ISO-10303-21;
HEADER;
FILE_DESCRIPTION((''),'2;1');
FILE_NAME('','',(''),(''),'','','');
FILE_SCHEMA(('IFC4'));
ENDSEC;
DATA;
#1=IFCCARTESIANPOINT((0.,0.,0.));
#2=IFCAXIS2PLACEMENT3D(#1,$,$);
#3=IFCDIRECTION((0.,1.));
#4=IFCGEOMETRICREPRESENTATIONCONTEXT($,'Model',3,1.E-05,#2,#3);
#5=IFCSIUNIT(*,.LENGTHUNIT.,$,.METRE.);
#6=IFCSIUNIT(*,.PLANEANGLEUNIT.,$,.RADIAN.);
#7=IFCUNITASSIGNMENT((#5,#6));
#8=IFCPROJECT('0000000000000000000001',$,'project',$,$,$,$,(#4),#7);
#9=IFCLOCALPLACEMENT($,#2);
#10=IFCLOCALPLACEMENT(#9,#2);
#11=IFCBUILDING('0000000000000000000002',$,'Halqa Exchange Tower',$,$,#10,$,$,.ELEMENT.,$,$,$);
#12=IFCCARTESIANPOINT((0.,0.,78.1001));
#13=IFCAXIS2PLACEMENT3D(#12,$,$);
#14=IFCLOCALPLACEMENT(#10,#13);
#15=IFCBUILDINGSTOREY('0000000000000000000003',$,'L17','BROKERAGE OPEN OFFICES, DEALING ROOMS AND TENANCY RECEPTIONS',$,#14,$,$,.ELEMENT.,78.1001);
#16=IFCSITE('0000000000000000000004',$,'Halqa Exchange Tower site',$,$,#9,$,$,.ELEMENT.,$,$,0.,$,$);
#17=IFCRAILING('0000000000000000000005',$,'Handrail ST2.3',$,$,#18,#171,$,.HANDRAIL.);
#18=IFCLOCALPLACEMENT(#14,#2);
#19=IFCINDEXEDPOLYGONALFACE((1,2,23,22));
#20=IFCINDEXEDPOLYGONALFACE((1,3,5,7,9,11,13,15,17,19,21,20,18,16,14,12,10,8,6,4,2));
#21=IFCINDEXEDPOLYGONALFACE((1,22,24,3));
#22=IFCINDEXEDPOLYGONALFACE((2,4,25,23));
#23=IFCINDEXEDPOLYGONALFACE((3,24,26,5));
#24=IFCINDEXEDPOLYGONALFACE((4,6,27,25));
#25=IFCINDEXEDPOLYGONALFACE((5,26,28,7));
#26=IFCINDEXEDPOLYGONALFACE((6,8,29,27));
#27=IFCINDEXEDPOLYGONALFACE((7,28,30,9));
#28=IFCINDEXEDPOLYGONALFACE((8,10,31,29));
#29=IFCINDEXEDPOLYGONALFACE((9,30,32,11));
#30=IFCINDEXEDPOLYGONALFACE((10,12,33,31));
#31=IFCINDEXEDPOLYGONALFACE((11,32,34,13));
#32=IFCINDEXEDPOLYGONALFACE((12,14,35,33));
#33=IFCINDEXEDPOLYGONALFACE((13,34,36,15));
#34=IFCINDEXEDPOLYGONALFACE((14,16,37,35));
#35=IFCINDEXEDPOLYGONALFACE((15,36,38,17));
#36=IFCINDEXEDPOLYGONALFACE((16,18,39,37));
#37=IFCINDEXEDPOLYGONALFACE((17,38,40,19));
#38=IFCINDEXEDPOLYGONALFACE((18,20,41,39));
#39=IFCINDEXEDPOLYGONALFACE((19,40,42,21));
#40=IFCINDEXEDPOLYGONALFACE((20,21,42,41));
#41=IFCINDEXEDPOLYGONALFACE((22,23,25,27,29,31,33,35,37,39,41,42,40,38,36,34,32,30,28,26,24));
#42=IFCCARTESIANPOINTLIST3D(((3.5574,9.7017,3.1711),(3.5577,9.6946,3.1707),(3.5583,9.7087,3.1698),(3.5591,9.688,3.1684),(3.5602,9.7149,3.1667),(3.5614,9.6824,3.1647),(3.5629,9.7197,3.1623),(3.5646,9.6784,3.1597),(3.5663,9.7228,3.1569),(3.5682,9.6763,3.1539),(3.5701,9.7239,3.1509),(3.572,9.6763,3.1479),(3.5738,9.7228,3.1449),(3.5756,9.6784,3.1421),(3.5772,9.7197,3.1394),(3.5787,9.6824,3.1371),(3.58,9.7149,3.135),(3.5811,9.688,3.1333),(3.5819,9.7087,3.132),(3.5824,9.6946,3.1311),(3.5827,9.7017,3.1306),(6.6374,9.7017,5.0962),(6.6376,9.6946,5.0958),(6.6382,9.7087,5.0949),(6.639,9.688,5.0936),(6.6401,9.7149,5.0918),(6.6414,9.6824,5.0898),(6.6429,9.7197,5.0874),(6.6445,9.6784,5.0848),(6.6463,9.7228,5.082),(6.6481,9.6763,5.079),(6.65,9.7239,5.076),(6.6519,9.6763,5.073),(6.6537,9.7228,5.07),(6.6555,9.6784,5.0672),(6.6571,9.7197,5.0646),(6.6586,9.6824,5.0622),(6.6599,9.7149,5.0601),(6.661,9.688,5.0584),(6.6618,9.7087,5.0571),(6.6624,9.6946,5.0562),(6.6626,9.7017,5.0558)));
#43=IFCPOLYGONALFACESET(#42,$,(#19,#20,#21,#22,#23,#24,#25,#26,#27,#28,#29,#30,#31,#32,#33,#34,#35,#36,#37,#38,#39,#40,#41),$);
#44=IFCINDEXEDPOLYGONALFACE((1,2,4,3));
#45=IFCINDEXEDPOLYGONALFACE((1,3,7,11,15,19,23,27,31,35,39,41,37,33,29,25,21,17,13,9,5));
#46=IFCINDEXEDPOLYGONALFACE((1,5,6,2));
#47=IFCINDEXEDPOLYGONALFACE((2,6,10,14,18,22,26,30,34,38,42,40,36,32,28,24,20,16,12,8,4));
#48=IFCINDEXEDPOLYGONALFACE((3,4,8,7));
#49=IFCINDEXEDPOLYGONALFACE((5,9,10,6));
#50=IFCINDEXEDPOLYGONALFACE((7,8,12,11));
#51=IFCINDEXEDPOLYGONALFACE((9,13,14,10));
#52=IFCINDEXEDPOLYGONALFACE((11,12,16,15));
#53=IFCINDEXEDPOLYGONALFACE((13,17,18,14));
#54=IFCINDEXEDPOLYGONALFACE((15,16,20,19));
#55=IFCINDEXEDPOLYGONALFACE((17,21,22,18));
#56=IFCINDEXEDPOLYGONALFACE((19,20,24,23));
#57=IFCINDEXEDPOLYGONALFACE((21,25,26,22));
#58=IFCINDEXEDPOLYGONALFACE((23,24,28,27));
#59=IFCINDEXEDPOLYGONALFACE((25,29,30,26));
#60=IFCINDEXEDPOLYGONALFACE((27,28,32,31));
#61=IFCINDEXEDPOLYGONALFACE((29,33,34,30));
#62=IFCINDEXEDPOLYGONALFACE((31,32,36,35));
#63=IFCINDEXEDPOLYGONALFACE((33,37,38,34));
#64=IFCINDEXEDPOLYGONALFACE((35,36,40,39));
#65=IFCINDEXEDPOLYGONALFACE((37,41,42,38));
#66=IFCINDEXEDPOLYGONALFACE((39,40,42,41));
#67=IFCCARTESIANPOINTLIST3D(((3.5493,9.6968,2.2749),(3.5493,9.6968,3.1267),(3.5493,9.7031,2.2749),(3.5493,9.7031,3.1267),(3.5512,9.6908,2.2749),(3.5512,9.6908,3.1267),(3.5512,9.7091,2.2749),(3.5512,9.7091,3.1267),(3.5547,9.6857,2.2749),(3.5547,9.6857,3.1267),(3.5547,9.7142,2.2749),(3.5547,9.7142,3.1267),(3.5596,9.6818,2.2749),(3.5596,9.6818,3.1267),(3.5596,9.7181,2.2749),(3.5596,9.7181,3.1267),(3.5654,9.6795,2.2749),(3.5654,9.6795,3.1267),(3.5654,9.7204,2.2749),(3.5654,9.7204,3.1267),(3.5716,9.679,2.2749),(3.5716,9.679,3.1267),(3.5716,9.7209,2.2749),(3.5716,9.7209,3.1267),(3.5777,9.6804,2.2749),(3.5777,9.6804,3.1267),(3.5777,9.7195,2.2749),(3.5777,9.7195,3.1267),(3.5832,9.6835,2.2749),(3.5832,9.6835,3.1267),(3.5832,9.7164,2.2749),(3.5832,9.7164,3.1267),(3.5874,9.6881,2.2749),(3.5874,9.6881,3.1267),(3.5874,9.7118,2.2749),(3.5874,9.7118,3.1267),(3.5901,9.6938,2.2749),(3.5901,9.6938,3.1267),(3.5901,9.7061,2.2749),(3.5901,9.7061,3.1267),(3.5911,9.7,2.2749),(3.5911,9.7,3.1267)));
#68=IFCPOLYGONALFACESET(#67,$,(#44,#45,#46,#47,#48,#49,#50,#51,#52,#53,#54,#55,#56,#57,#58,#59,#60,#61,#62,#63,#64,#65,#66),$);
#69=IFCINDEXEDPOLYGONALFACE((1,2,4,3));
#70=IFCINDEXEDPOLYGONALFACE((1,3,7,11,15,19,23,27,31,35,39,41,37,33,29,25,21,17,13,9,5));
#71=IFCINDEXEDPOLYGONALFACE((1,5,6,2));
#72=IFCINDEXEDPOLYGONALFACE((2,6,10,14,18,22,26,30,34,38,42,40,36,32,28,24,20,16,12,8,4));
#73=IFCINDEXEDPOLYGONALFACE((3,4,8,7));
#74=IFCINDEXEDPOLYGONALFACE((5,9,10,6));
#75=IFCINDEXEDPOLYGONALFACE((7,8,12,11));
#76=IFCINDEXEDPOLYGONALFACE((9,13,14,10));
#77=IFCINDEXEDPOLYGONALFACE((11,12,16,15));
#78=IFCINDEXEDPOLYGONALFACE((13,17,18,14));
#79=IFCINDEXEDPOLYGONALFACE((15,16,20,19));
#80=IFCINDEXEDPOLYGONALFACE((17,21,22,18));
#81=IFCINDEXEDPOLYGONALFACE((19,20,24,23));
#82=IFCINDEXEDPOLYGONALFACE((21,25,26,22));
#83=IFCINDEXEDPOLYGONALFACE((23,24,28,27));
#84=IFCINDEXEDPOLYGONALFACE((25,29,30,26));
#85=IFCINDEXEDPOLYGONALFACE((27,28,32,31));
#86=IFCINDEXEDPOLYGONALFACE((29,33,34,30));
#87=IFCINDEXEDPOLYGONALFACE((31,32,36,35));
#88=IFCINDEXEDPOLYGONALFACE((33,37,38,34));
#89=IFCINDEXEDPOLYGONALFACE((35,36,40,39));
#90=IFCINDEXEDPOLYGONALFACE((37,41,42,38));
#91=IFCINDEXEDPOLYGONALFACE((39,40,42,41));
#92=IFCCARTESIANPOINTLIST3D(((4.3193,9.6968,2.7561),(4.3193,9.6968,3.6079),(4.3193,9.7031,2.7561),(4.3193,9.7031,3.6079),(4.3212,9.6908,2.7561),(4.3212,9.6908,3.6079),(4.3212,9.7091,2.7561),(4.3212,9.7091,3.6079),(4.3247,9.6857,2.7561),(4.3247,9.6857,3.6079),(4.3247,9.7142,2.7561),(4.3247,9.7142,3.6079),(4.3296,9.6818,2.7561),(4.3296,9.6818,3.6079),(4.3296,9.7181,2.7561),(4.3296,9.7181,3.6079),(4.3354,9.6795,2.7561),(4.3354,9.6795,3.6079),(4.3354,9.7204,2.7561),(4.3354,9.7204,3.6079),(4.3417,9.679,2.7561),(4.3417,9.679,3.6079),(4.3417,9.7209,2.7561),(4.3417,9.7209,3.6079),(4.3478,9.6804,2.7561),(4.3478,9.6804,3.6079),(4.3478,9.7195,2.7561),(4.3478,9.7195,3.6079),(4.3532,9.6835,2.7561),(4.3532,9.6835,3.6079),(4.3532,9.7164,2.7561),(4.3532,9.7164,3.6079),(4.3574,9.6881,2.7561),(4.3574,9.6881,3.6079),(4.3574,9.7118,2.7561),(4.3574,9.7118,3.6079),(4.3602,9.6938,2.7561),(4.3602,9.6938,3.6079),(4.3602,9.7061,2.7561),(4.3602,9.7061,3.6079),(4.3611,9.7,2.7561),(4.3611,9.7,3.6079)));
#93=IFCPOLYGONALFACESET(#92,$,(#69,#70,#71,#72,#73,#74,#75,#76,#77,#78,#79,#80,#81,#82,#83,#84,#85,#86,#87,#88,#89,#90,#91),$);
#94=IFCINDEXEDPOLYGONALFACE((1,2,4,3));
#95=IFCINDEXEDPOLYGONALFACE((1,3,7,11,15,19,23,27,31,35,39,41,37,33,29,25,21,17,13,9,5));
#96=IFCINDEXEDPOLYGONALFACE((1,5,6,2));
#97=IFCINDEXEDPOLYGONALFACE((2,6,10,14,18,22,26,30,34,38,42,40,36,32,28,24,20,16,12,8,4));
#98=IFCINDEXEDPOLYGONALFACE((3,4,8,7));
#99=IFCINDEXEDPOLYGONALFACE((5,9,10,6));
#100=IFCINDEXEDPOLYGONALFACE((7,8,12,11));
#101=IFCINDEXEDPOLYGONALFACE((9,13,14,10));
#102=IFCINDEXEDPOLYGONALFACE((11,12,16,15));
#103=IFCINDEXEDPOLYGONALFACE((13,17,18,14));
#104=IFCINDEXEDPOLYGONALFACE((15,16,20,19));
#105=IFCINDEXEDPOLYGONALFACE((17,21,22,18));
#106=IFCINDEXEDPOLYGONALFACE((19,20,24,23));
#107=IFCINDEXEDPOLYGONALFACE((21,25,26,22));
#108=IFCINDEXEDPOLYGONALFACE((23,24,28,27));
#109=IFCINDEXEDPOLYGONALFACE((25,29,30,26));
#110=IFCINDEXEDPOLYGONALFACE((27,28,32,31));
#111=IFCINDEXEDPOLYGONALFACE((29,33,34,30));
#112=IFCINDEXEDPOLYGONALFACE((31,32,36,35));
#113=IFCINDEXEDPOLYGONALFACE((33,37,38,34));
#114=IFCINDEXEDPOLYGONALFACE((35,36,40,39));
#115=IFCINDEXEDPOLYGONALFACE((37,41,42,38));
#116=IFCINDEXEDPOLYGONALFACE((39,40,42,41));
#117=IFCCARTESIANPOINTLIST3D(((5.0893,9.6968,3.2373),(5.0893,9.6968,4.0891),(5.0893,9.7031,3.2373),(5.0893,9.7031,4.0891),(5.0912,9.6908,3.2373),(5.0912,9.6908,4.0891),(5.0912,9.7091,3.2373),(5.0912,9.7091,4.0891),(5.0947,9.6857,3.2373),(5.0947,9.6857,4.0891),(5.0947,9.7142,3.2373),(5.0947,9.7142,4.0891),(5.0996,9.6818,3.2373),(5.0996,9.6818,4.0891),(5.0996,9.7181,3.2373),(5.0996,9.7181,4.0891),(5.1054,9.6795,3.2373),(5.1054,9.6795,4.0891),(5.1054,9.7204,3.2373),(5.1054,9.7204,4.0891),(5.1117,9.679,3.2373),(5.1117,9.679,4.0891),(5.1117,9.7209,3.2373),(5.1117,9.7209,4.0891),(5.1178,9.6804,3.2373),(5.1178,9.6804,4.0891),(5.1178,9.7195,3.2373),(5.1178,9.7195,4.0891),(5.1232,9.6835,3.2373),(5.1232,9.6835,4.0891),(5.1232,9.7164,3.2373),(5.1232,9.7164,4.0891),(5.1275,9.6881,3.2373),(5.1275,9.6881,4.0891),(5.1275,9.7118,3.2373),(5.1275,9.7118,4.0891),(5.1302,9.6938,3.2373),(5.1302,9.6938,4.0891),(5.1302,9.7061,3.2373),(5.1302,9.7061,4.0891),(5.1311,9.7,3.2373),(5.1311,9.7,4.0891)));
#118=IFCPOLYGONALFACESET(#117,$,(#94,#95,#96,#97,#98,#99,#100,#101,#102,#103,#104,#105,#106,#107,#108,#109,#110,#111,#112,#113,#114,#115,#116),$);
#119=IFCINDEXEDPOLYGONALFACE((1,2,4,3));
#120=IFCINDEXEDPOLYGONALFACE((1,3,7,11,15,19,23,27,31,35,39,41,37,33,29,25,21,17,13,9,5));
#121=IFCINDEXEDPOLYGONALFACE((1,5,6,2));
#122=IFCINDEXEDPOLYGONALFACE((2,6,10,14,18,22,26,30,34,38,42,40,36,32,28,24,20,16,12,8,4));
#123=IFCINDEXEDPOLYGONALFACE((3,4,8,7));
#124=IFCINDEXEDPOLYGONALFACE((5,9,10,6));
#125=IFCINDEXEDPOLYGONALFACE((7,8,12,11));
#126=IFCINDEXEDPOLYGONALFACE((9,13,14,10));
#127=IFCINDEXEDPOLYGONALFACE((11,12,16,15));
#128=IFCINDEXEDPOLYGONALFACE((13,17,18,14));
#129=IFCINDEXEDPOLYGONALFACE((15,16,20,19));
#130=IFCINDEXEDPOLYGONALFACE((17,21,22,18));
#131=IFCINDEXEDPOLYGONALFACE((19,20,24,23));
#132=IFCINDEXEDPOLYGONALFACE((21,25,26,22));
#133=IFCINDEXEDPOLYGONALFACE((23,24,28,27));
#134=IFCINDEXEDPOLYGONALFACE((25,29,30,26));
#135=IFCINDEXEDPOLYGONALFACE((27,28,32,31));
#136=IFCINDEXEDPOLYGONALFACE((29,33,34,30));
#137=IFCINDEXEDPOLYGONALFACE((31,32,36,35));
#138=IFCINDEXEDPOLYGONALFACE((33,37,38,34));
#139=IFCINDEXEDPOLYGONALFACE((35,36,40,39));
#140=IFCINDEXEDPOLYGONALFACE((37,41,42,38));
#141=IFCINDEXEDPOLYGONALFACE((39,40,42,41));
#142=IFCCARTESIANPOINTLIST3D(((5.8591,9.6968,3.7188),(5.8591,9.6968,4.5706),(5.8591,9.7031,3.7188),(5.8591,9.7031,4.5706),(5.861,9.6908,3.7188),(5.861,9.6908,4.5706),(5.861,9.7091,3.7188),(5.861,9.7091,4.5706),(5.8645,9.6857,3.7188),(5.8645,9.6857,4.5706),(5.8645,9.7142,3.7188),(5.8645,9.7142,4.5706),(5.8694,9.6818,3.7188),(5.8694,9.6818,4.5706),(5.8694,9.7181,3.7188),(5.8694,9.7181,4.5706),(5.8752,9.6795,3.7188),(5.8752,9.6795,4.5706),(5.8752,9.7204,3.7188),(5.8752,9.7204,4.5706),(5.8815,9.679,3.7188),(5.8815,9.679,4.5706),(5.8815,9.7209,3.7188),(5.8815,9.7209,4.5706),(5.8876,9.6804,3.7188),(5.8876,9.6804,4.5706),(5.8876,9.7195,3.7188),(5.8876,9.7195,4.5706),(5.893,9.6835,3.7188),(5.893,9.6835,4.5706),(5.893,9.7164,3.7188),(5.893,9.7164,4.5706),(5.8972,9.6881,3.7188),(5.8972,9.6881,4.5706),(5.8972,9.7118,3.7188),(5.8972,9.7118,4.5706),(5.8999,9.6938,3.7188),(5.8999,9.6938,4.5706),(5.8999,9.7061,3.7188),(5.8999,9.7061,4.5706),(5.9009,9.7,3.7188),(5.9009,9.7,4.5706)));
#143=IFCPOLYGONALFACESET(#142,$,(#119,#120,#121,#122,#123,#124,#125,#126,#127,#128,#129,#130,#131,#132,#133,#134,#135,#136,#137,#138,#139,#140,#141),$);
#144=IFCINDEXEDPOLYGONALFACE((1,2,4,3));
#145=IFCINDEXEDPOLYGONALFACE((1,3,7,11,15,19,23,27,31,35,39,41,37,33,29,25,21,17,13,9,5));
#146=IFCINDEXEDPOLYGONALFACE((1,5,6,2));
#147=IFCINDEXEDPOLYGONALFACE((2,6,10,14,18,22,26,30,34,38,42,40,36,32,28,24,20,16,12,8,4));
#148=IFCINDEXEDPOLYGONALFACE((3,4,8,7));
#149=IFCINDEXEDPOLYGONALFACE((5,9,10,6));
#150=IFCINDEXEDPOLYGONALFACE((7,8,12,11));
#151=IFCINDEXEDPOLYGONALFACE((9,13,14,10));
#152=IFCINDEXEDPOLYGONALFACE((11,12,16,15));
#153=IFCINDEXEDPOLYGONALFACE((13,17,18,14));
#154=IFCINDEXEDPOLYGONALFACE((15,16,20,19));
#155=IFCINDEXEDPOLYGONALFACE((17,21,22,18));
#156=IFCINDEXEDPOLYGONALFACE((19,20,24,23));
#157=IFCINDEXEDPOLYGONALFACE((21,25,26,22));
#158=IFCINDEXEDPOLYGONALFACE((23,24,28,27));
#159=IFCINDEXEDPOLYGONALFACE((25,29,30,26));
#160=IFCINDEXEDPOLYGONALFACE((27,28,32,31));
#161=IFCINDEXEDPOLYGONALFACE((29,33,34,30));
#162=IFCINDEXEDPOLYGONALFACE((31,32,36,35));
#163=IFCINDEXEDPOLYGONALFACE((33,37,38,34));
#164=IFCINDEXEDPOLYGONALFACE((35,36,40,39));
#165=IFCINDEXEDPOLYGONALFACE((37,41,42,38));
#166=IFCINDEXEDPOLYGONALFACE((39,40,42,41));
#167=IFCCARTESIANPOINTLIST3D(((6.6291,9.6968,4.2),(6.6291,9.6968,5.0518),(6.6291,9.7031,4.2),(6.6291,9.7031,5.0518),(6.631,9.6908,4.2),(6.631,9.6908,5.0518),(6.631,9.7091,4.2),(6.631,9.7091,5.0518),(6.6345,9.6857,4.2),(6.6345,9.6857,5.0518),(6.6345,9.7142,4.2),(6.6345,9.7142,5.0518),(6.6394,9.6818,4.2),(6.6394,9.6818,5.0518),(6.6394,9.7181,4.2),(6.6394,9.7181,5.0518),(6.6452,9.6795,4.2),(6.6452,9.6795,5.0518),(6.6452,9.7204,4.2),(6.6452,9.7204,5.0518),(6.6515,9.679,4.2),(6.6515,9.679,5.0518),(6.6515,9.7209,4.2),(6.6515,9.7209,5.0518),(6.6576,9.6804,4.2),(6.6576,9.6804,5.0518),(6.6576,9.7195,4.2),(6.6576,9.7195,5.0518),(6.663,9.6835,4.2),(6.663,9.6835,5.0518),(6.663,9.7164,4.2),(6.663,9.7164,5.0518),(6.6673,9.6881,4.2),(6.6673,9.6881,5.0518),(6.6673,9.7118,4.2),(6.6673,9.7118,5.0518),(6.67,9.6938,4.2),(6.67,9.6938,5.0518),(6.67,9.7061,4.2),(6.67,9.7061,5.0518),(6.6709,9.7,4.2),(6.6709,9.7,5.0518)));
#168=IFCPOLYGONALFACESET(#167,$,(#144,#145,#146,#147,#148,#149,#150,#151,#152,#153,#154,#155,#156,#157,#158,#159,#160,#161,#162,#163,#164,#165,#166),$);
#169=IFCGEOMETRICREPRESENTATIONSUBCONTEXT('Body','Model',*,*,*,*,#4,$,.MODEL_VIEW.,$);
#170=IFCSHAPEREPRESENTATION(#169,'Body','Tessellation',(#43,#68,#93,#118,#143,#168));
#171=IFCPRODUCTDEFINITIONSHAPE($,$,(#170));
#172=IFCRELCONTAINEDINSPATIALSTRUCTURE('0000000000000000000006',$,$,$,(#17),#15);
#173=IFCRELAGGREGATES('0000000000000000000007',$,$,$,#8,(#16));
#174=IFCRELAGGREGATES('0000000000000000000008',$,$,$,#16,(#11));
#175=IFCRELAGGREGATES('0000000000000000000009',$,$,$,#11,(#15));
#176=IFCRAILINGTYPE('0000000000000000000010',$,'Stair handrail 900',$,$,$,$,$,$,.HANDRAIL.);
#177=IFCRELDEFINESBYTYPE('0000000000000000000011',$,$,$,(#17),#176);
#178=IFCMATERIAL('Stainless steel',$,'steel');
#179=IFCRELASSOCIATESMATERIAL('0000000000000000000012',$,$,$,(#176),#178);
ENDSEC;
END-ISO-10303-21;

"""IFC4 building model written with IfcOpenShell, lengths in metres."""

from ifc_helpers import new_model, si_unit, direction, frame, origin, origin_2d, place, context, subcontext, project, spatial, circle, extrude, material, type_object, element, save


model = new_model("IFC4")

# Units and contexts
model_context = context("Model", 3, precision=1e-05, world=origin(), true_north=direction((0.0, 1.0)))
body_context = subcontext(model_context, "Body", "Model", "MODEL_VIEW")
ifc_project = project(units=[si_unit("LENGTHUNIT", "METRE"), si_unit("PLANEANGLEUNIT", "RADIAN")], contexts=[model_context])

# Site, building, storey
site_placement = place(None, origin())
site = spatial("IfcSite", under=ifc_project, at=site_placement, Name="Halqa Exchange Tower site", CompositionType="ELEMENT", RefElevation=0.0)
building_placement = place(site_placement, origin())
building = spatial("IfcBuilding", under=site, at=building_placement, Name="Halqa Exchange Tower", CompositionType="ELEMENT")
storey_placement = place(building_placement, frame((0.0, 0.0, 78.1001)))
storey = spatial("IfcBuildingStorey", under=building, at=storey_placement, Name="L17", Description="BROKERAGE OPEN OFFICES, DEALING ROOMS AND TENANCY RECEPTIONS", CompositionType="ELEMENT", Elevation=78.1001)

# Railing
ifc_material_1 = material(Name="Stainless steel", Category="steel")
railing_type_1 = type_object("IfcRailingType", Name="Stair handrail 900", PredefinedType="HANDRAIL", material=ifc_material_1)
railing_1_placement = place(storey_placement, frame((3.5701, 9.7, 2.2749)))
element("IfcRailing", 1, at=railing_1_placement, inside=storey, type_object=railing_type_1, Name="Handrail ST2.3", PredefinedType="HANDRAIL", context=body_context, shape_type="SweptSolid", body=[
    extrude(circle(Radius=0.0239, at=origin_2d()), frame((0.0, 0.0, 0.876), z_axis=(0.847979, 0.0, 0.530029), x_axis=(0.0, 1.0, 0.0)), (0.0, 0.0, 1.0), 3.6321),
    extrude(circle(Radius=0.021, at=origin_2d()), origin(), (0.0, 0.0, 1.0), 0.8518),
    extrude(circle(Radius=0.021, at=origin_2d()), frame((0.77, 0.0, 0.4812)), (0.0, 0.0, 1.0), 0.8518),
    extrude(circle(Radius=0.021, at=origin_2d()), frame((1.54, 0.0, 0.9624)), (0.0, 0.0, 1.0), 0.8518),
    extrude(circle(Radius=0.021, at=origin_2d()), frame((2.3098, 0.0, 1.4438)), (0.0, 0.0, 1.0), 0.8518),
    extrude(circle(Radius=0.021, at=origin_2d()), frame((3.0798, 0.0, 1.925)), (0.0, 0.0, 1.0), 0.8518),
])

save(model, "model.ifc")
